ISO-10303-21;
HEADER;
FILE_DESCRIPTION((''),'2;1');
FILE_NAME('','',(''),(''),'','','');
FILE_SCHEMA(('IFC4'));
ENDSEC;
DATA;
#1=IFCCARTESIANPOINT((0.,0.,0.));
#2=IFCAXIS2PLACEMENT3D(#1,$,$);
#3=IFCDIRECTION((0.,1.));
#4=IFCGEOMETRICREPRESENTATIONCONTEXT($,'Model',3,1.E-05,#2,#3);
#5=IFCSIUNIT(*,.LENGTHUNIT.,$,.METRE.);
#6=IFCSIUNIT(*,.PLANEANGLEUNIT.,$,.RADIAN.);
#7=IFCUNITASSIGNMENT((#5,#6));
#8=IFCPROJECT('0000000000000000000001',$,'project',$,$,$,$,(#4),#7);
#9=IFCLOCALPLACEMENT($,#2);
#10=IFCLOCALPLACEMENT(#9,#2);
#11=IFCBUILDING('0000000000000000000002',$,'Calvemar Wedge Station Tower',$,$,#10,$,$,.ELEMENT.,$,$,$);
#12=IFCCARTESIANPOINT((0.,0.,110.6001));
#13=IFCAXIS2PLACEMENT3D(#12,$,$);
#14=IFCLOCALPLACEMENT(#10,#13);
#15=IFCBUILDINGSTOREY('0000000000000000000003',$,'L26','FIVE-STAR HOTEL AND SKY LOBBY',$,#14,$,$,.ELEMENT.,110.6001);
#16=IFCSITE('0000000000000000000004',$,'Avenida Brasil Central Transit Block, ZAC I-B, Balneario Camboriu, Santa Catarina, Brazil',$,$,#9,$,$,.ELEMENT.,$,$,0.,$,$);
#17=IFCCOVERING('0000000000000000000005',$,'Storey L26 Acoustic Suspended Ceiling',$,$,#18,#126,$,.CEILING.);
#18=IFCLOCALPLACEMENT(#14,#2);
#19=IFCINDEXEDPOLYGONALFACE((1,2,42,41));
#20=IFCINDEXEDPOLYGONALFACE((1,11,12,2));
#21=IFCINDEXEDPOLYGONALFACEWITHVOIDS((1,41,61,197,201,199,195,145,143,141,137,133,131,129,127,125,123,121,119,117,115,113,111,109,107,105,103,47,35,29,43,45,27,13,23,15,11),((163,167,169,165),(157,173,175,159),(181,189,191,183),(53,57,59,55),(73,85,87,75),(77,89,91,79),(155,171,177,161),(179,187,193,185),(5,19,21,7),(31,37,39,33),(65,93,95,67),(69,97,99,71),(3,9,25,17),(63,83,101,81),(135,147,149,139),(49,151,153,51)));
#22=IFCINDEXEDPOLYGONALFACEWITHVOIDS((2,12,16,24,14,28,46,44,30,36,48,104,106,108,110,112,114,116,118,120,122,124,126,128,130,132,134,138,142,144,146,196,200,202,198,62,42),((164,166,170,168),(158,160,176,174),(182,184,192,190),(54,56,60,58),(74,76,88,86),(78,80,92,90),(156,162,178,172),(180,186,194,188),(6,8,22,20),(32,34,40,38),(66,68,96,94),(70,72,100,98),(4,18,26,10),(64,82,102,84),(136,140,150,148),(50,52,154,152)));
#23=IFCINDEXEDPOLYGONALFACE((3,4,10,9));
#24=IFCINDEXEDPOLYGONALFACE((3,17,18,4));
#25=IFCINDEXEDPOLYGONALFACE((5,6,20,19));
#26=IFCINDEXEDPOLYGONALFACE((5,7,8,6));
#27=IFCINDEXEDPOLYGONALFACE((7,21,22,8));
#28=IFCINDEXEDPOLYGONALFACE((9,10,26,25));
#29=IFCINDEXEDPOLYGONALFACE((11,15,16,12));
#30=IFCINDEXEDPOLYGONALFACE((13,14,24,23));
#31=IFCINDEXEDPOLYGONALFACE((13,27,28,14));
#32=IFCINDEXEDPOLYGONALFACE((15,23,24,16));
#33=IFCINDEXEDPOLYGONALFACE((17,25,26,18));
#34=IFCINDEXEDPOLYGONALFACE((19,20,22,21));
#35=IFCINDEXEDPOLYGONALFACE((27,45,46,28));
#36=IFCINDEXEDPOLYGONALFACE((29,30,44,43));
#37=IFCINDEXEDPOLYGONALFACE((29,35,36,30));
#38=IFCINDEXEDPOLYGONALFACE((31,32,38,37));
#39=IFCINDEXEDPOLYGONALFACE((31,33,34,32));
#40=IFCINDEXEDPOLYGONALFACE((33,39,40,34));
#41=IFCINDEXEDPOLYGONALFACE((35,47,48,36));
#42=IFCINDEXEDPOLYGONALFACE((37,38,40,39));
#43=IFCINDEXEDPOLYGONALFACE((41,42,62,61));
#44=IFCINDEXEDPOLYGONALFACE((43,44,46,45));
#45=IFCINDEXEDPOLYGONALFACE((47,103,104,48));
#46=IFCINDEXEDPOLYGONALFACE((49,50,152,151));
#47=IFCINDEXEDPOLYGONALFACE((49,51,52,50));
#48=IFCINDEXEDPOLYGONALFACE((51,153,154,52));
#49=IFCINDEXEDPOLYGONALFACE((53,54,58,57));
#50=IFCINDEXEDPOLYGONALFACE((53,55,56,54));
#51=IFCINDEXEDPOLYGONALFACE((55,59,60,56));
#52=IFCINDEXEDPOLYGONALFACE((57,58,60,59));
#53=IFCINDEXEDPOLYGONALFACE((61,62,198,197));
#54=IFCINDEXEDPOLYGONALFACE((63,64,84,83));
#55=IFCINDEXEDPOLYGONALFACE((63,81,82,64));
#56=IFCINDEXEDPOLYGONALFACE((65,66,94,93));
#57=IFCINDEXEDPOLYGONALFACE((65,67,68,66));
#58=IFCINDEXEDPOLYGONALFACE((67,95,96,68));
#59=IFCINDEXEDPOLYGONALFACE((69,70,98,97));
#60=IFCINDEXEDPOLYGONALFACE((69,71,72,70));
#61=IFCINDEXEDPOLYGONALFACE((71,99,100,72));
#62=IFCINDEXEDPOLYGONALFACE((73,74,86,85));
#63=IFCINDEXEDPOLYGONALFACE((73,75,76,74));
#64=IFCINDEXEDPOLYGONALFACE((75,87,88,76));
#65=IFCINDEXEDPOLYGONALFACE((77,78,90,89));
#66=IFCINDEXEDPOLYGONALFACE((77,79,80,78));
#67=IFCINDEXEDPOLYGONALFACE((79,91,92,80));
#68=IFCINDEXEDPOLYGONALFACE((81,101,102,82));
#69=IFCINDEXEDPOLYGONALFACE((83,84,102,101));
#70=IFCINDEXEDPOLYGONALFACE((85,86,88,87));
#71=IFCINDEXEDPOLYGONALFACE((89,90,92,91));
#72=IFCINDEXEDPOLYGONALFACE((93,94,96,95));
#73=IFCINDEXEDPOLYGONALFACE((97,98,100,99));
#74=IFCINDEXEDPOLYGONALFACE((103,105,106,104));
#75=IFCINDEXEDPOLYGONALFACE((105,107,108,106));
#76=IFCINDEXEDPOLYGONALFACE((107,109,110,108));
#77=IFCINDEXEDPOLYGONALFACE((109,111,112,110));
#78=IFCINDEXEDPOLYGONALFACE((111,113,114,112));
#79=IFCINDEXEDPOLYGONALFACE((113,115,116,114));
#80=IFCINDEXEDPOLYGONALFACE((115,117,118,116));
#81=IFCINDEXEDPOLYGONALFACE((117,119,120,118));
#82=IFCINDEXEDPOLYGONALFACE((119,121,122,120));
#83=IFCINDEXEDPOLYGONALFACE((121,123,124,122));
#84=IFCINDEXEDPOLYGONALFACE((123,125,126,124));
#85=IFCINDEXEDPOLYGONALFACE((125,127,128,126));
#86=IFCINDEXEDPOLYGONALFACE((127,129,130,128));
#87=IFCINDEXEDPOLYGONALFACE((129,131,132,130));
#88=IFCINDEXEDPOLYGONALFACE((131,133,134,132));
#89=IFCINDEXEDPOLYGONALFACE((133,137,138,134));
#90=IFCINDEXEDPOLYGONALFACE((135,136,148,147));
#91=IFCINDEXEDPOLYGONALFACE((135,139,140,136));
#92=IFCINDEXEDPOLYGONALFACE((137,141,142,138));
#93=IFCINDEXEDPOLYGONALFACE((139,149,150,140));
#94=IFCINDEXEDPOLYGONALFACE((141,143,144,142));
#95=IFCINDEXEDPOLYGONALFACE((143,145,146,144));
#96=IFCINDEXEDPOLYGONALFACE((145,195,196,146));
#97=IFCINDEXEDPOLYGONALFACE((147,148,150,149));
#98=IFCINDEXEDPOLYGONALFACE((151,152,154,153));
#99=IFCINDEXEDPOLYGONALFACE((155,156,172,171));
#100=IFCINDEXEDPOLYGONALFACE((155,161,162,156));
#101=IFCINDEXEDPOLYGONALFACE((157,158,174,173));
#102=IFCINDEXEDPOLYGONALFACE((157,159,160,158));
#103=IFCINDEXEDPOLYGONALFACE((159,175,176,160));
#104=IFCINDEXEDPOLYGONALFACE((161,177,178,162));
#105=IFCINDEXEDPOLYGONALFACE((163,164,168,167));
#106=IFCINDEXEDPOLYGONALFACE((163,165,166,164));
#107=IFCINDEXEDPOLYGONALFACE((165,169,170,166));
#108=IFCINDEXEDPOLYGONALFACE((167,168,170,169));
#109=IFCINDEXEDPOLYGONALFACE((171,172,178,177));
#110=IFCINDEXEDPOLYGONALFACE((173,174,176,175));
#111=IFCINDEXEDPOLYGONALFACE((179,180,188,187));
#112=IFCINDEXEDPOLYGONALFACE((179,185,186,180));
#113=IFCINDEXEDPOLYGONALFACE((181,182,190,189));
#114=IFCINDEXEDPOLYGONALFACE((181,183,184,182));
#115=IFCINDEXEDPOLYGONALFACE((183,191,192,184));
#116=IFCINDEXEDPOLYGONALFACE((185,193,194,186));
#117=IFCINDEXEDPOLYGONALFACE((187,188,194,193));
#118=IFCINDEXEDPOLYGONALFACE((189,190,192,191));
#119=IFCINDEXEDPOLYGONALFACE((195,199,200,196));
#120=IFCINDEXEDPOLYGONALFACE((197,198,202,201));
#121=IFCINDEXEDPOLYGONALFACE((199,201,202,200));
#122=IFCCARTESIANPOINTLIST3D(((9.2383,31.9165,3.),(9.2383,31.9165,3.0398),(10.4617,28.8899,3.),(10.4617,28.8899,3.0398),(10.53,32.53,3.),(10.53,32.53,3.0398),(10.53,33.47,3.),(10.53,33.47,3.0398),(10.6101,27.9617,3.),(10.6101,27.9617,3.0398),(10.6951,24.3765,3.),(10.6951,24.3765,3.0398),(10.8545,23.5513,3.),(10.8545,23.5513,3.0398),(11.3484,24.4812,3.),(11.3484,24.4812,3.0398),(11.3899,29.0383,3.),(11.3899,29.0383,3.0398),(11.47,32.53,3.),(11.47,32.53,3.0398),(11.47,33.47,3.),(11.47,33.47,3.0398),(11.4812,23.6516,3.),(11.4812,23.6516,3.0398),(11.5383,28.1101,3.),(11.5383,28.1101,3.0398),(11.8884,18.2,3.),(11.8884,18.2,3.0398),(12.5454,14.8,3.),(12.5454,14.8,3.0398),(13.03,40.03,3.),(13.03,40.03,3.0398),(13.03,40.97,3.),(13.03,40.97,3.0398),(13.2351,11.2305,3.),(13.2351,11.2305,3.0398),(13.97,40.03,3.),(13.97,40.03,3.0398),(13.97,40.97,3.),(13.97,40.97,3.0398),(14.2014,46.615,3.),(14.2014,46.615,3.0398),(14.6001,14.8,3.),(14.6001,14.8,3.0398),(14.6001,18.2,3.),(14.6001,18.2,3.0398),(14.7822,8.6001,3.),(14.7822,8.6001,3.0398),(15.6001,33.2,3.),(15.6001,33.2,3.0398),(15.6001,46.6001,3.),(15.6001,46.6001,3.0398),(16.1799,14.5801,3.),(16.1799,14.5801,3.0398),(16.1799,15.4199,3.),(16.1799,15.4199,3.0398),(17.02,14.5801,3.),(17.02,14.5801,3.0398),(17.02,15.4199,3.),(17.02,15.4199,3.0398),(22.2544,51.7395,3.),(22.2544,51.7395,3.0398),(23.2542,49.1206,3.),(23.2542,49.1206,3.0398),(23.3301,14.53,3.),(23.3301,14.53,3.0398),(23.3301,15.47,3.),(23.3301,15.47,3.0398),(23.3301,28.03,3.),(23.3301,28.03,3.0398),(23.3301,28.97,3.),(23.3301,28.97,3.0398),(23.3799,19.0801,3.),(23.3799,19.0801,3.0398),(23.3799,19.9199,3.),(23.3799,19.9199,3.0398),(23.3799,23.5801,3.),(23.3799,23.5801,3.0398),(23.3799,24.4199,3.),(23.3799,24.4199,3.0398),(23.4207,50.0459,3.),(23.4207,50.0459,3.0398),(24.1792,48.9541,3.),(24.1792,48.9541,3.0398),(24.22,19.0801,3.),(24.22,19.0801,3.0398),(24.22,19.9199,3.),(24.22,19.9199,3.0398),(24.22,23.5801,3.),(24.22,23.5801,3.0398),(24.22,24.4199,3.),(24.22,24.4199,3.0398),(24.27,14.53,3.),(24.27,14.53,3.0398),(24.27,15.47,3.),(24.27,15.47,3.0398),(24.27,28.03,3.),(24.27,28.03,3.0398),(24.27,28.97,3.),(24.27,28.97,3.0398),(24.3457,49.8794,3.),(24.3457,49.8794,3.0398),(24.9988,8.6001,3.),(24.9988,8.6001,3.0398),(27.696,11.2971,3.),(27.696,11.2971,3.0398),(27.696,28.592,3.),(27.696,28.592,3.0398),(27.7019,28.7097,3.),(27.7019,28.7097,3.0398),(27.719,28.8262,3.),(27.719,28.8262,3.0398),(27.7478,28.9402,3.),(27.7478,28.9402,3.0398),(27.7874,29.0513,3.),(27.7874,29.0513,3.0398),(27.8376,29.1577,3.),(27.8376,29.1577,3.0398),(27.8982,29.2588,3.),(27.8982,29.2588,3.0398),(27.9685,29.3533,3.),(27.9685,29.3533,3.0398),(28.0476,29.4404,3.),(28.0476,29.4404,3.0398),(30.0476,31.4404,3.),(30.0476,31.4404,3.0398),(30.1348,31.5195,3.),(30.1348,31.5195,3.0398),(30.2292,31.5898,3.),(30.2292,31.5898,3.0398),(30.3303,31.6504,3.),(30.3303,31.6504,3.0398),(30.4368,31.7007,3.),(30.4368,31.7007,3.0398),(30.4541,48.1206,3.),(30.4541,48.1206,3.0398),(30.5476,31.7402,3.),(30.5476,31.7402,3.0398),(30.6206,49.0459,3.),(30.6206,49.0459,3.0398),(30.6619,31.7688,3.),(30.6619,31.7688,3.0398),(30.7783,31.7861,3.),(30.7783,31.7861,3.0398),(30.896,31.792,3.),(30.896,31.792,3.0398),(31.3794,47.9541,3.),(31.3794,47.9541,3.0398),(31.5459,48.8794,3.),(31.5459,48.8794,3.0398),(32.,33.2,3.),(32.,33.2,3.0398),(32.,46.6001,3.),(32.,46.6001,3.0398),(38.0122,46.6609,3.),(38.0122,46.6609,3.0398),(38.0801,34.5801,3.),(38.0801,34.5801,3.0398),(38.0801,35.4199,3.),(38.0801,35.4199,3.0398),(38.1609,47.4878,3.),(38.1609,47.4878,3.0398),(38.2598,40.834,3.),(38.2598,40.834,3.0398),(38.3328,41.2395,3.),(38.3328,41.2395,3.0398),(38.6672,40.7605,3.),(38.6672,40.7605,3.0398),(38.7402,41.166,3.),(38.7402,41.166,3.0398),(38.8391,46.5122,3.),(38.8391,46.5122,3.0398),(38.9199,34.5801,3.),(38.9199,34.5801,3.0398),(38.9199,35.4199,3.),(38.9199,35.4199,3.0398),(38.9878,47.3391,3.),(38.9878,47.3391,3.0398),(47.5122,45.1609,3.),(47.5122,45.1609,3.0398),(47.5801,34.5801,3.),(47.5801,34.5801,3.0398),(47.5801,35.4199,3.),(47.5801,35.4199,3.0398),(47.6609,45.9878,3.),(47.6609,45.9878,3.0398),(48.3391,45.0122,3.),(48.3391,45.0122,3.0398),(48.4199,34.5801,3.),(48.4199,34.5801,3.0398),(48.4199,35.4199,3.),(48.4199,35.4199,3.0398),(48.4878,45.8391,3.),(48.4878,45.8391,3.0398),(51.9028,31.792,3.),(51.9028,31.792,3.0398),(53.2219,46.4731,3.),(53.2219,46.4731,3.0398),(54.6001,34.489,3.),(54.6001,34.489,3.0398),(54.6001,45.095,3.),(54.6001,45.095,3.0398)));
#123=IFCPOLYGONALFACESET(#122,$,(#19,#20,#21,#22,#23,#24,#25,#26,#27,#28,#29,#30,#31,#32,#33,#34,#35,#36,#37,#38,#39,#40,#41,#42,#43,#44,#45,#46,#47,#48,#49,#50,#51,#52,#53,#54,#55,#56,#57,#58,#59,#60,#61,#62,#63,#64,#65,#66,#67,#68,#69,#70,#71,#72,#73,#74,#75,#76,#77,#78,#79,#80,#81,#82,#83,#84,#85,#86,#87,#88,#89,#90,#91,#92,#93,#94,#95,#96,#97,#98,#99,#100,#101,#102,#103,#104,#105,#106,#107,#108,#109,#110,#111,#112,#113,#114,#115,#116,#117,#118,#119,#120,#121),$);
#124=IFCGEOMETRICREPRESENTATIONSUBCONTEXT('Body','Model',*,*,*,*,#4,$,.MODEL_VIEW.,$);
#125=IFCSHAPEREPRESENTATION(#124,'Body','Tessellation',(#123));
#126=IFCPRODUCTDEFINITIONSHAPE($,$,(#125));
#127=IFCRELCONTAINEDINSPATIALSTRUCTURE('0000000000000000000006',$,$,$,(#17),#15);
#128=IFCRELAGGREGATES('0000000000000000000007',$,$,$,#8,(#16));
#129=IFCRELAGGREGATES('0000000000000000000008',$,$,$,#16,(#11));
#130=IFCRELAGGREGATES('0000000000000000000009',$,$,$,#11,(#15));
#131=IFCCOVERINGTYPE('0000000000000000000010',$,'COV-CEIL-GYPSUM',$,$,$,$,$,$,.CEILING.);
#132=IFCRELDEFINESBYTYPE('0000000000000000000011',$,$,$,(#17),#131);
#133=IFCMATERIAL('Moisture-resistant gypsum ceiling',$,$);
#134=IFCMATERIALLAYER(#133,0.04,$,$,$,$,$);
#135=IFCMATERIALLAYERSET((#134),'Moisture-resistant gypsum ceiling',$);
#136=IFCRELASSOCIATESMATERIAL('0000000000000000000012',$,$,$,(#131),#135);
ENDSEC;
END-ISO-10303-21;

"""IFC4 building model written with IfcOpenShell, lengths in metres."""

from ifc_helpers import new_model, si_unit, direction, frame, origin, place, context, subcontext, project, spatial, polyline, outline, extrude, material, layer, layer_set, type_object, element, save


model = new_model("IFC4")

# Units and contexts
model_context = context("Model", 3, precision=1e-05, world=origin(), true_north=direction((0.0, 1.0)))
body_context = subcontext(model_context, "Body", "Model", "MODEL_VIEW")
ifc_project = project(units=[si_unit("LENGTHUNIT", "METRE"), si_unit("PLANEANGLEUNIT", "RADIAN")], contexts=[model_context])

# Site, building, storey
site_placement = place(None, origin())
site = spatial("IfcSite", under=ifc_project, at=site_placement, Name="Avenida Brasil Central Transit Block, ZAC I-B, Balneario Camboriu, Santa Catarina, Brazil", CompositionType="ELEMENT", RefElevation=0.0)
building_placement = place(site_placement, origin())
building = spatial("IfcBuilding", under=site, at=building_placement, Name="Calvemar Wedge Station Tower", CompositionType="ELEMENT")
storey_placement = place(building_placement, frame((0.0, 0.0, 110.6001)))
storey = spatial("IfcBuildingStorey", under=building, at=storey_placement, Name="L26", Description="FIVE-STAR HOTEL AND SKY LOBBY", CompositionType="ELEMENT", Elevation=110.6001)

# Covering
ifc_material_1 = material(Name="Moisture-resistant gypsum ceiling")
ifc_layer_1 = layer(ifc_material_1, 0.04)
ifc_layer_set_1 = layer_set([ifc_layer_1], Name="Moisture-resistant gypsum ceiling")
covering_type_1 = type_object("IfcCoveringType", Name="COV-CEIL-GYPSUM", PredefinedType="CEILING", material=ifc_layer_set_1)
covering_1_placement = place(storey_placement, frame((0.0, 0.0, 3.0)))
element("IfcCovering", 1, at=covering_1_placement, inside=storey, type_object=covering_type_1, Name="Storey L26 Acoustic Suspended Ceiling", PredefinedType="CEILING", context=body_context, shape_type="SweptSolid", body=[
    extrude(outline(polyline([(28.0476, 29.4404), (30.0476, 31.4404), (30.1348, 31.5195), (30.2292, 31.5898), (30.3303, 31.6504), (30.4368, 31.7007), (30.5476, 31.7402), (30.6619, 31.7688), (30.7783, 31.7861), (30.896, 31.792), (51.9028, 31.792), (54.6001, 34.489), (54.6001, 45.095), (53.2219, 46.4731), (22.2544, 51.7395), (14.2014, 46.615), (9.2383, 31.9165), (10.6951, 24.3765), (11.3484, 24.4812), (11.4812, 23.6516), (10.8545, 23.5513), (11.8884, 18.2), (14.6001, 18.2), (14.6001, 14.8), (12.5454, 14.8), (13.2351, 11.2305), (14.7822, 8.6001), (24.9988, 8.6001), (27.696, 11.2971), (27.696, 28.592), (27.7019, 28.7097), (27.719, 28.8262), (27.7478, 28.9402), (27.7874, 29.0513), (27.8376, 29.1577), (27.8982, 29.2588), (27.9685, 29.3533), (28.0476, 29.4404)]), holes=[polyline([(15.6001, 46.6001), (32.0, 46.6001), (32.0, 33.2), (15.6001, 33.2), (15.6001, 46.6001)]), polyline([(10.53, 32.53), (10.53, 33.47), (11.47, 33.47), (11.47, 32.53), (10.53, 32.53)]), polyline([(13.03, 40.97), (13.97, 40.97), (13.97, 40.03), (13.03, 40.03), (13.03, 40.97)]), polyline([(24.3457, 49.8794), (24.1792, 48.9541), (23.2542, 49.1206), (23.4207, 50.0459), (24.3457, 49.8794)]), polyline([(31.3794, 47.9541), (30.4541, 48.1206), (30.6206, 49.0459), (31.5459, 48.8794), (31.3794, 47.9541)]), polyline([(38.0122, 46.6609), (38.1609, 47.4878), (38.9878, 47.3391), (38.8391, 46.5122), (38.0122, 46.6609)]), polyline([(47.6609, 45.9878), (48.4878, 45.8391), (48.3391, 45.0122), (47.5122, 45.1609), (47.6609, 45.9878)]), polyline([(38.9199, 35.4199), (38.9199, 34.5801), (38.0801, 34.5801), (38.0801, 35.4199), (38.9199, 35.4199)]), polyline([(48.4199, 34.5801), (47.5801, 34.5801), (47.5801, 35.4199), (48.4199, 35.4199), (48.4199, 34.5801)]), polyline([(38.2598, 40.834), (38.3328, 41.2395), (38.7402, 41.166), (38.6672, 40.7605), (38.2598, 40.834)]), polyline([(11.3899, 29.0383), (11.5383, 28.1101), (10.6101, 27.9617), (10.4617, 28.8899), (11.3899, 29.0383)]), polyline([(24.27, 28.03), (23.3301, 28.03), (23.3301, 28.97), (24.27, 28.97), (24.27, 28.03)]), polyline([(23.3799, 23.5801), (23.3799, 24.4199), (24.22, 24.4199), (24.22, 23.5801), (23.3799, 23.5801)]), polyline([(23.3799, 19.9199), (24.22, 19.9199), (24.22, 19.0801), (23.3799, 19.0801), (23.3799, 19.9199)]), polyline([(24.27, 15.47), (24.27, 14.53), (23.3301, 14.53), (23.3301, 15.47), (24.27, 15.47)]), polyline([(17.02, 14.5801), (16.1799, 14.5801), (16.1799, 15.4199), (17.02, 15.4199), (17.02, 14.5801)])]), origin(), (0.0, 0.0, 1.0), 0.0398),
])

save(model, "model.ifc")
